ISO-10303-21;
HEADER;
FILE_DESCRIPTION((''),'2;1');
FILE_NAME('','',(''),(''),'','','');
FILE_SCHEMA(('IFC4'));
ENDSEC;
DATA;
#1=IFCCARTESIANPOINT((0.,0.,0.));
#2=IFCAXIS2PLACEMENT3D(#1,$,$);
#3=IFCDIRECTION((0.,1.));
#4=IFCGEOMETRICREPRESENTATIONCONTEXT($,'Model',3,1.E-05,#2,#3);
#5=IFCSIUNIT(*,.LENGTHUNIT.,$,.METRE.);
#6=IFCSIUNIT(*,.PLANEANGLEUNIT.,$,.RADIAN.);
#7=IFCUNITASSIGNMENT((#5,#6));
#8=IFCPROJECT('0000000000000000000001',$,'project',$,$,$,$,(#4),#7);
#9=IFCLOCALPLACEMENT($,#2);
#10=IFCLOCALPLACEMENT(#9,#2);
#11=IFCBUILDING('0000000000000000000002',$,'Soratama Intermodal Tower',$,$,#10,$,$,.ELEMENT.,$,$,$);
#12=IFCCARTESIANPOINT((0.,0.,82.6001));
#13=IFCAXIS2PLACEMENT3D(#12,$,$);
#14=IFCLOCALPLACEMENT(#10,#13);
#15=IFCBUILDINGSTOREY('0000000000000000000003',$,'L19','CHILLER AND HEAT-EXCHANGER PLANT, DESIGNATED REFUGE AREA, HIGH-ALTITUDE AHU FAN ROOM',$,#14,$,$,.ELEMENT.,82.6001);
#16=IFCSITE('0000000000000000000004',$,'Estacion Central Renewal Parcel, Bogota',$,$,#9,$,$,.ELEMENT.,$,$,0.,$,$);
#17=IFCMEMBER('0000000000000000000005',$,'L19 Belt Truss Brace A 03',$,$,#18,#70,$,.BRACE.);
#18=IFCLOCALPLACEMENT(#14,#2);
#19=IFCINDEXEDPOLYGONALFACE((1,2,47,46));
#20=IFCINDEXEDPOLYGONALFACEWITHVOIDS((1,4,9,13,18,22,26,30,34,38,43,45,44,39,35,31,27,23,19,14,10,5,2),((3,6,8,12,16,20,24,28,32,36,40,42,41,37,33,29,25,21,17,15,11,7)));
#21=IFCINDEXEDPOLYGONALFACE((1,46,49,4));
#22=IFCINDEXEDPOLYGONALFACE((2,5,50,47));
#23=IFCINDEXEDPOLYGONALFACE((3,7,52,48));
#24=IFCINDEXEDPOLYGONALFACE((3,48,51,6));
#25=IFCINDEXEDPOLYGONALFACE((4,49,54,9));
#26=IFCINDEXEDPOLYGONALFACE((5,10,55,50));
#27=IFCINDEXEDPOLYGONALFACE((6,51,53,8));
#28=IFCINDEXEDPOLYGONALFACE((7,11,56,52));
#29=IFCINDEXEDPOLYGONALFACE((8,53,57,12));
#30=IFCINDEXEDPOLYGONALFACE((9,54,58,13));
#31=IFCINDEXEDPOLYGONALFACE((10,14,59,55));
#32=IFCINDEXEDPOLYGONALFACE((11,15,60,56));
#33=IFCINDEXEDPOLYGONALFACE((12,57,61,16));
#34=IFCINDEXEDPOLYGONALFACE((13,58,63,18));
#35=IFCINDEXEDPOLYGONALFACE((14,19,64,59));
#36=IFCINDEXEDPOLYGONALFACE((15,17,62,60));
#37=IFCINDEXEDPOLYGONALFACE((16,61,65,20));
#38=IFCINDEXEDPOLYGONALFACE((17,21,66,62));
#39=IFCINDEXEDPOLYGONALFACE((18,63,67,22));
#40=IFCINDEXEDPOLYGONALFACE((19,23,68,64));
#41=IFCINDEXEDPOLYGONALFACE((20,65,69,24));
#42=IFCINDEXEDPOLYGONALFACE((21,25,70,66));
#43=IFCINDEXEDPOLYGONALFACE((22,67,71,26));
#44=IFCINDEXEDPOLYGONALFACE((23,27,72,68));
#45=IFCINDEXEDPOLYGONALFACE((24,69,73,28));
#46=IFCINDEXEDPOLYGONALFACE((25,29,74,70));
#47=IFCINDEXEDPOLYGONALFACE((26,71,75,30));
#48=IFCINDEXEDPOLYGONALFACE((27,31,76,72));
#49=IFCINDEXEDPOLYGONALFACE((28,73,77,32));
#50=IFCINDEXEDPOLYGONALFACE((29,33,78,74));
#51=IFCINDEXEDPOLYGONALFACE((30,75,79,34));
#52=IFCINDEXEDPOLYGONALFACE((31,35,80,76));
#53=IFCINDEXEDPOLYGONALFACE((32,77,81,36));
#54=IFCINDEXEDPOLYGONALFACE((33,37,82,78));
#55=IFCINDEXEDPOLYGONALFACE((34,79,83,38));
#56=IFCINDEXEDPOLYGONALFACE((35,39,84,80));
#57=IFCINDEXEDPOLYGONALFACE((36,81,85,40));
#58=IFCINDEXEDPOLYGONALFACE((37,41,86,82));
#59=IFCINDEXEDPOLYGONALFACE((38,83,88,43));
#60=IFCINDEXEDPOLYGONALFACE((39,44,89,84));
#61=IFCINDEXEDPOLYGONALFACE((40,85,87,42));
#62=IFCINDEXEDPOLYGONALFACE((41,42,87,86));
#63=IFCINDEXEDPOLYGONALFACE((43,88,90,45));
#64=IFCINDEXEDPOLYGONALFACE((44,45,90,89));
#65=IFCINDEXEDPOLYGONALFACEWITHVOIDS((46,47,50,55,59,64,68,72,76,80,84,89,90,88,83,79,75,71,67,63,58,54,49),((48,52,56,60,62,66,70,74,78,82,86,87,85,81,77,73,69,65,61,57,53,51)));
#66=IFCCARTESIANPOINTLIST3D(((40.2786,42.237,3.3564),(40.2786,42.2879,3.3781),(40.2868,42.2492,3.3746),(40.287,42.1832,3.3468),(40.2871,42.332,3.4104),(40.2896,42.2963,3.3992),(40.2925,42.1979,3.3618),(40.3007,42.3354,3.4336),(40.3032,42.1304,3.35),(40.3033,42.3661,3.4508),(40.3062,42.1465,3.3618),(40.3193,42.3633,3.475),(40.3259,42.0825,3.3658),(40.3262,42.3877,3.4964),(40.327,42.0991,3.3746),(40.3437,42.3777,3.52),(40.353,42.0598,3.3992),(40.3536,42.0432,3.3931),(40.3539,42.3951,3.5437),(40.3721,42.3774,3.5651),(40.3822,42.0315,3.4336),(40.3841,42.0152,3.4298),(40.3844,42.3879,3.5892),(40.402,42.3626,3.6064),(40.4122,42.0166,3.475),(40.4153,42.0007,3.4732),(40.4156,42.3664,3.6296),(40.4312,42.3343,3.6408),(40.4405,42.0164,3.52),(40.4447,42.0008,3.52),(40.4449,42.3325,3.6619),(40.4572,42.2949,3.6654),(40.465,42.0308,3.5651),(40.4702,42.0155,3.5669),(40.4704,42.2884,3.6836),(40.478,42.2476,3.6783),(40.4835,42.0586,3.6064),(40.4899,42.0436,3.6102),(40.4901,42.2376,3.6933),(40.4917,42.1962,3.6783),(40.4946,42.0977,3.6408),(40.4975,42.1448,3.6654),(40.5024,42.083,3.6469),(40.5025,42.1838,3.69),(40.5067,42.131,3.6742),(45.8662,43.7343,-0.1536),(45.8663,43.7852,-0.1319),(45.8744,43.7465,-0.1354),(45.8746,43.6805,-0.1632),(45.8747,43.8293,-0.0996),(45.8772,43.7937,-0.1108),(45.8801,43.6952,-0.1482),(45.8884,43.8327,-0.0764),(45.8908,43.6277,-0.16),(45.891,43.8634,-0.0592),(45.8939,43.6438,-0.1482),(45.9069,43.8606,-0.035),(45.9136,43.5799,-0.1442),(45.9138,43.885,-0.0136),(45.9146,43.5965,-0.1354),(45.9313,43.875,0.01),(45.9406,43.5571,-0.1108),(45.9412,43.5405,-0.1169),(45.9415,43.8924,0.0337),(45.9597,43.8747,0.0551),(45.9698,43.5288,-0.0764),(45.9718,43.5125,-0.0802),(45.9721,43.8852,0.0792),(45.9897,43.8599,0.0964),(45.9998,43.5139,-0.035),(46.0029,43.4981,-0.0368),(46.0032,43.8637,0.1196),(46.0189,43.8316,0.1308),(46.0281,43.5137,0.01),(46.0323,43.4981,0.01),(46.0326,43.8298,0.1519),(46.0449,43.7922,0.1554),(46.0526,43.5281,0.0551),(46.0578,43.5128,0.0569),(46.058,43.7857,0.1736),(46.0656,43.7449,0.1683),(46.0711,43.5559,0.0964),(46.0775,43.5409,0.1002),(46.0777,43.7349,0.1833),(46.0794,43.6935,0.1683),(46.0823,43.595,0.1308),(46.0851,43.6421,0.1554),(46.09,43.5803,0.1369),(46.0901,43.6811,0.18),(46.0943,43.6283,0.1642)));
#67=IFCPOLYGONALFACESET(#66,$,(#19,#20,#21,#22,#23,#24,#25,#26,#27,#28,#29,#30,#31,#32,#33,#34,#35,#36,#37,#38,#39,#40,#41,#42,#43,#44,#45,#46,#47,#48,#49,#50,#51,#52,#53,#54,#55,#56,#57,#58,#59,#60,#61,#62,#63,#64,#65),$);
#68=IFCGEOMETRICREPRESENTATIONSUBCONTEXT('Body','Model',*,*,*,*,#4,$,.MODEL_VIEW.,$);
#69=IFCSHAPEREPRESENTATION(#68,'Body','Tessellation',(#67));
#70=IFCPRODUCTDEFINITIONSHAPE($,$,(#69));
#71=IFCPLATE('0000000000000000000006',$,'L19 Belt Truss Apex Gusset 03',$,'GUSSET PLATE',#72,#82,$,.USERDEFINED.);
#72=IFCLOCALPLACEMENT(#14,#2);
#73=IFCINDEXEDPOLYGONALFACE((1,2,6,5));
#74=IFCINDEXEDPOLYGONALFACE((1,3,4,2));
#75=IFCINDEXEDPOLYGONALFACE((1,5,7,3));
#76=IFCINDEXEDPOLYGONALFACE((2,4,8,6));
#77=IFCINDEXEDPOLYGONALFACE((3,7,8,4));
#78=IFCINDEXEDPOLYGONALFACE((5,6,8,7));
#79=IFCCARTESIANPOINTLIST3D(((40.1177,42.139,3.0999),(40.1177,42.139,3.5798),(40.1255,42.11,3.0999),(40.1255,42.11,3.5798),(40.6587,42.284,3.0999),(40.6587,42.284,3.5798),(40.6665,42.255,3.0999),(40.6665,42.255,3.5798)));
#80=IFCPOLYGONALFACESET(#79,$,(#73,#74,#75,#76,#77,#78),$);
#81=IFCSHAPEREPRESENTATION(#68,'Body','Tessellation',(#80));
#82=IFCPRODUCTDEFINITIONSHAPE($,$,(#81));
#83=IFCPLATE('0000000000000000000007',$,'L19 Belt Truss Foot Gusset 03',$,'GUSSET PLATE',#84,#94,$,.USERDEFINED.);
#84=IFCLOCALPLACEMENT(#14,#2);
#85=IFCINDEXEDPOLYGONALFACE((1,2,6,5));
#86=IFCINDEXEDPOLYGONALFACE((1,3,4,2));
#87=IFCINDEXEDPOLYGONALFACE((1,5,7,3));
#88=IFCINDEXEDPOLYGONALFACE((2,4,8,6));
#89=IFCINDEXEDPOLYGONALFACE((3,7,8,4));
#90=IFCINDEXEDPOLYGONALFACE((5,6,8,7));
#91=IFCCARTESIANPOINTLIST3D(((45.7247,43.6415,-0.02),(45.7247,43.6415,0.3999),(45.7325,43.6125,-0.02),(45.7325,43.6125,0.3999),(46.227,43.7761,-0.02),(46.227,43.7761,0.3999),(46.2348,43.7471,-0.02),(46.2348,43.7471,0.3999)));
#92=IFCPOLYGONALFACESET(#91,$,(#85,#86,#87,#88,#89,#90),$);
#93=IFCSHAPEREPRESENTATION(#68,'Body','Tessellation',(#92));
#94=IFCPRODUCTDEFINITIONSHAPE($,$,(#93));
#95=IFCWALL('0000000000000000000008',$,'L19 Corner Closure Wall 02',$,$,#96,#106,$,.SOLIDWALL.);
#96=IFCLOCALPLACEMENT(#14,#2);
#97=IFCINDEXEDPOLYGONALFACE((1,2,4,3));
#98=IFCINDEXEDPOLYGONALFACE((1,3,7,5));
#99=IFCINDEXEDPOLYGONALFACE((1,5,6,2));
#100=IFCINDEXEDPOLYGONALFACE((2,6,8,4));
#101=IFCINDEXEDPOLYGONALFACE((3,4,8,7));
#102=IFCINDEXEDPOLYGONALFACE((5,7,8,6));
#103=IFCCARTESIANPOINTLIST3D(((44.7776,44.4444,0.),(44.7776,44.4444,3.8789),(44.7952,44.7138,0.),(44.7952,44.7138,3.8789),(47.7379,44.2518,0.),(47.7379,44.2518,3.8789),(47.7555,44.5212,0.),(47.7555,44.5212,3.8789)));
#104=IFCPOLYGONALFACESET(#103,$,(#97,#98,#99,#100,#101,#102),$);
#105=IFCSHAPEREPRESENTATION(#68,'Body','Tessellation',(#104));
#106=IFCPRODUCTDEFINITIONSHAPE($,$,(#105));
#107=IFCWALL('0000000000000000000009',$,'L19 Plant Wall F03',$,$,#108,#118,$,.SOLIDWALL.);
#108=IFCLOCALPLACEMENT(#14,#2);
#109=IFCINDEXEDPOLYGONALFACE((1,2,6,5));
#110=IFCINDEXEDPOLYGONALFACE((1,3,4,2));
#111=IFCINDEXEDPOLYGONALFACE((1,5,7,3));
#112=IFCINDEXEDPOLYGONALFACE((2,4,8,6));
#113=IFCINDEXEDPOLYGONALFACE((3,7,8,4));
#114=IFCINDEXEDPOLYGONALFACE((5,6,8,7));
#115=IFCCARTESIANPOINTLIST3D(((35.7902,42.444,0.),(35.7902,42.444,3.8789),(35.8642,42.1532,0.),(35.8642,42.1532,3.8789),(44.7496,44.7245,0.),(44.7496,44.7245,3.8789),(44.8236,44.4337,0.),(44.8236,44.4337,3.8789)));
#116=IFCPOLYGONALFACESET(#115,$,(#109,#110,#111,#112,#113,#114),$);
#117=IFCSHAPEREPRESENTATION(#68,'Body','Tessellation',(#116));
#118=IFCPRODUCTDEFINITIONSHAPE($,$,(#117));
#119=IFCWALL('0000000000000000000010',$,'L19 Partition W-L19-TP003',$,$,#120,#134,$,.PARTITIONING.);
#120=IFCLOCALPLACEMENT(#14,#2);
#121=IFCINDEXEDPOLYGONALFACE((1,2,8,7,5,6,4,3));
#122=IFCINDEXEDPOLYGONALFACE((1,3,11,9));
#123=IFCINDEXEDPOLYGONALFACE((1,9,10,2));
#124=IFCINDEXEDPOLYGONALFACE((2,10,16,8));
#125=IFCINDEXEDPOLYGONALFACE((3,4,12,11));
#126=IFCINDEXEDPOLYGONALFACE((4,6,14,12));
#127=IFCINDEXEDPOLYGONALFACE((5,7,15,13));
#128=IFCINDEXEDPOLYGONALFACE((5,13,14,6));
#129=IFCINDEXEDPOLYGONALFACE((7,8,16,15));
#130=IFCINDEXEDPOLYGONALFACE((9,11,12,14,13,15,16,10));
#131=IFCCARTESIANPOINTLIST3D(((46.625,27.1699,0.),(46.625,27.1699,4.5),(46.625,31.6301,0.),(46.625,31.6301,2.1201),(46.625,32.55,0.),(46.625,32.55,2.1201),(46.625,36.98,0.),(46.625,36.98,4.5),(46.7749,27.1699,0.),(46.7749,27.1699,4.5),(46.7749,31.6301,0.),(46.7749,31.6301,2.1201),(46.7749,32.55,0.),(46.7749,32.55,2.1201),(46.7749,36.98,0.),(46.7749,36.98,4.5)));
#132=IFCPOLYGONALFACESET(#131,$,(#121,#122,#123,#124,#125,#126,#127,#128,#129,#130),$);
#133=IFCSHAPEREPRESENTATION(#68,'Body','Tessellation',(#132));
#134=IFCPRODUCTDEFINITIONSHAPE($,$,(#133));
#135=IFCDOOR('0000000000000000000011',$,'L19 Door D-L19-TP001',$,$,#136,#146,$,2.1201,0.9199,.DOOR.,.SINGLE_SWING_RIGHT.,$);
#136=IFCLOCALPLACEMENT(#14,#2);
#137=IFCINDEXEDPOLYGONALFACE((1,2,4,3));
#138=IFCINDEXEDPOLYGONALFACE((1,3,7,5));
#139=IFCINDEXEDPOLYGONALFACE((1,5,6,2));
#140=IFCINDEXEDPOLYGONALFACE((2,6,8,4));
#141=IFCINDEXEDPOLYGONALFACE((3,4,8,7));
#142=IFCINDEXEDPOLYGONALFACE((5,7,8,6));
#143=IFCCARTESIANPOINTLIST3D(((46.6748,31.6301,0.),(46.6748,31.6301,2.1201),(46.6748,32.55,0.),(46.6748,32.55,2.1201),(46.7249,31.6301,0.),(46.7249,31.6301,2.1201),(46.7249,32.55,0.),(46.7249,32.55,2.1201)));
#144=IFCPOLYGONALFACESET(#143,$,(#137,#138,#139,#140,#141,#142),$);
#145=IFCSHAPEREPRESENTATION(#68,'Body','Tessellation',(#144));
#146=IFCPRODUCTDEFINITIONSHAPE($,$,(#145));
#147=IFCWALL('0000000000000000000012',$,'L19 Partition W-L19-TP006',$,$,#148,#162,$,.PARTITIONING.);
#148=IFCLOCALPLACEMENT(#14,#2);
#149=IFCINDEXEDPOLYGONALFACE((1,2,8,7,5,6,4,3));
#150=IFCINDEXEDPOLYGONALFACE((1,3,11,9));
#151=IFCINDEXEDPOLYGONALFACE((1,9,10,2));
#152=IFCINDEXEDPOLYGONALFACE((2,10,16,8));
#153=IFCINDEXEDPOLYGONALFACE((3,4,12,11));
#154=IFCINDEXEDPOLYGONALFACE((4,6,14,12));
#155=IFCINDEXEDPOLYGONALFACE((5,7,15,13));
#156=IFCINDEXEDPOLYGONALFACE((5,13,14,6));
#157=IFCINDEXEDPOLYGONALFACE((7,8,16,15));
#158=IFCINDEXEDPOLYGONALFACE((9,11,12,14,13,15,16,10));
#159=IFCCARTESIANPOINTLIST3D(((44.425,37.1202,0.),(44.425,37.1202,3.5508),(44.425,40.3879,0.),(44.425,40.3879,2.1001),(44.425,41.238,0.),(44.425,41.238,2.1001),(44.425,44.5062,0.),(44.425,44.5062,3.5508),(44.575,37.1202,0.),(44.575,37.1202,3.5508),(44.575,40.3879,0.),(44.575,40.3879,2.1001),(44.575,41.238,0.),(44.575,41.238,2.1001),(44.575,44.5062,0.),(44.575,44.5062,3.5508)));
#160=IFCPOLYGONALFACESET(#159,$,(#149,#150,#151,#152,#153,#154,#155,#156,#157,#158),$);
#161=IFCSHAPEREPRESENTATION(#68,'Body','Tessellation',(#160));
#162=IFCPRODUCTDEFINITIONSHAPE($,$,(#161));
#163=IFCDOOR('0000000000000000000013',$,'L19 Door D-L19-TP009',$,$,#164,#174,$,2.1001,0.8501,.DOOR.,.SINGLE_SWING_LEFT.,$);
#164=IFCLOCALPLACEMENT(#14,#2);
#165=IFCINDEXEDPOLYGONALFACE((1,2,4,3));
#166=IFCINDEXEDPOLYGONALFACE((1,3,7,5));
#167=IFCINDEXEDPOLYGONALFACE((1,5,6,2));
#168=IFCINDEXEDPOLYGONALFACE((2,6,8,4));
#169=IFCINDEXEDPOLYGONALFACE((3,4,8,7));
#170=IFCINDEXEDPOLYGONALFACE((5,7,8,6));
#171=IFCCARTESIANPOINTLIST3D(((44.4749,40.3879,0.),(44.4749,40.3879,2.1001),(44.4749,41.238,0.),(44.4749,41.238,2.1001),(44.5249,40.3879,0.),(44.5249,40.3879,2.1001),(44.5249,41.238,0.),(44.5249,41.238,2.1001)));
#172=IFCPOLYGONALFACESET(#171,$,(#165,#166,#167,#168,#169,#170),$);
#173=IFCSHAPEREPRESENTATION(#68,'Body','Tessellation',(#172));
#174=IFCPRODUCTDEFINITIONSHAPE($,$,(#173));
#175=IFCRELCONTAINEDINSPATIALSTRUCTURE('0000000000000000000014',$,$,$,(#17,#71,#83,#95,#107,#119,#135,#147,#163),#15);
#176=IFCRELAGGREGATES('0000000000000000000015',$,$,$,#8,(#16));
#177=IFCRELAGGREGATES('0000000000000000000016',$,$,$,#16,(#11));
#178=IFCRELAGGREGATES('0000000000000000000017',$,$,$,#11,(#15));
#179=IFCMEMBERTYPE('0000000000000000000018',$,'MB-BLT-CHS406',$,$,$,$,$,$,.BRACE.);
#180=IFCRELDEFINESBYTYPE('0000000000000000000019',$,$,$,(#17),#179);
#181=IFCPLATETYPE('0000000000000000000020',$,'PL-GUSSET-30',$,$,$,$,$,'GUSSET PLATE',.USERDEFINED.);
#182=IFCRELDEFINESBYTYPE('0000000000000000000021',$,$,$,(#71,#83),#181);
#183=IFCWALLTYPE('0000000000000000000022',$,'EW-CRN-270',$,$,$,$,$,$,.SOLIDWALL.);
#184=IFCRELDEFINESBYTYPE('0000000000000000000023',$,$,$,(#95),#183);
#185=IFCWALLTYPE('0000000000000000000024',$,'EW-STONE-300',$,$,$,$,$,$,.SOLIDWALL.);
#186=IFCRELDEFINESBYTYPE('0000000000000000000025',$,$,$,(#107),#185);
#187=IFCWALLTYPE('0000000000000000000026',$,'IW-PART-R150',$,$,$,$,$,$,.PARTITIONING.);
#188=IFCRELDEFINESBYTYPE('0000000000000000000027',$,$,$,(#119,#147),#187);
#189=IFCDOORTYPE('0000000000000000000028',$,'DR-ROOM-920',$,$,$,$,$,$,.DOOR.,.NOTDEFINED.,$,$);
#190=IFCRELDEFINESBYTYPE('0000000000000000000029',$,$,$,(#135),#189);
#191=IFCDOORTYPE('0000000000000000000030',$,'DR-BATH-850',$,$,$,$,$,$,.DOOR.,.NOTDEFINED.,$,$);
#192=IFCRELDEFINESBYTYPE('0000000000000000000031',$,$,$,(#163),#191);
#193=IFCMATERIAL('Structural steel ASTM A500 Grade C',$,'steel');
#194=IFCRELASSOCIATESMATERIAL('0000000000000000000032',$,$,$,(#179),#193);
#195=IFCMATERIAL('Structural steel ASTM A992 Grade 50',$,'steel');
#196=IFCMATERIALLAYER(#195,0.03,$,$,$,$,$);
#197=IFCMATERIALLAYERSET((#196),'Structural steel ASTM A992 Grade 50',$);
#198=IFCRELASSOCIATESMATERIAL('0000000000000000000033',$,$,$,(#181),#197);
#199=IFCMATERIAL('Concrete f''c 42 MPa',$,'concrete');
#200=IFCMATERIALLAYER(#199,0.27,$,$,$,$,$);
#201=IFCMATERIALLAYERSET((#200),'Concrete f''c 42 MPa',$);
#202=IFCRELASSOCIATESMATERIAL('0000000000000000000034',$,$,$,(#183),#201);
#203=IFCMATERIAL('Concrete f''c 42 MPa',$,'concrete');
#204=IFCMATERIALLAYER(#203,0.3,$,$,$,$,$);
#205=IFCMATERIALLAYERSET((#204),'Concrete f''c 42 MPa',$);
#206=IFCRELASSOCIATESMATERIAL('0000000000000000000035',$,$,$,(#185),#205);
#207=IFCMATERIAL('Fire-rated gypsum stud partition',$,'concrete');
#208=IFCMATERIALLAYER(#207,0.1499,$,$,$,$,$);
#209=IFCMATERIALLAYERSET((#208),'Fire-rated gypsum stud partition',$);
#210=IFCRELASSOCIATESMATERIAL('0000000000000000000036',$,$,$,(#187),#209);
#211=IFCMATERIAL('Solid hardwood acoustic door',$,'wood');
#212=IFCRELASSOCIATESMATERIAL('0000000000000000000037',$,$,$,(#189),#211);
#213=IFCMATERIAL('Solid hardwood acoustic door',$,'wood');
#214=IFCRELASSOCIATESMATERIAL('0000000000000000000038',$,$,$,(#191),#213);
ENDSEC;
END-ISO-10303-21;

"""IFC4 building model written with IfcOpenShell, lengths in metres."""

from ifc_helpers import new_model, si_unit, direction, frame, frame_2d, origin, origin_2d, place, context, subcontext, project, spatial, rectangle, hollow_circle, extrude, material, layer, layer_set, material_profile, profile_set, type_object, element, fill, save


model = new_model("IFC4")

# Units and contexts
model_context = context("Model", 3, precision=1e-05, world=origin(), true_north=direction((0.0, 1.0)))
body_context = subcontext(model_context, "Body", "Model", "MODEL_VIEW")
ifc_project = project(units=[si_unit("LENGTHUNIT", "METRE"), si_unit("PLANEANGLEUNIT", "RADIAN")], contexts=[model_context])

# Site, building, storey
site_placement = place(None, origin())
site = spatial("IfcSite", under=ifc_project, at=site_placement, Name="Estacion Central Renewal Parcel, Bogota", CompositionType="ELEMENT", RefElevation=0.0)
building_placement = place(site_placement, origin())
building = spatial("IfcBuilding", under=site, at=building_placement, Name="Soratama Intermodal Tower", CompositionType="ELEMENT")
storey_placement = place(building_placement, frame((0.0, 0.0, 82.6001)))
storey = spatial("IfcBuildingStorey", under=building, at=storey_placement, Name="L19", Description="CHILLER AND HEAT-EXCHANGER PLANT, DESIGNATED REFUGE AREA, HIGH-ALTITUDE AHU FAN ROOM", CompositionType="ELEMENT", Elevation=82.6001)

# Member
ifc_material_1 = material(Name="Structural steel ASTM A500 Grade C", Category="steel")
ifc_material_profile_1 = material_profile(ifc_material_1, hollow_circle(Radius=0.2031, WallThickness=0.0161, at=origin_2d()), Name="CHS406X16")
ifc_profile_set_1 = profile_set([ifc_material_profile_1], Name="Structural steel ASTM A500 Grade C")
member_type = type_object("IfcMemberType", Name="MB-BLT-CHS406", PredefinedType="BRACE", material=ifc_profile_set_1)
for number, where, z_axis, x_axis, name in (
    (1, (45.9797, 43.6943, 0.01), (-0.825795, -0.221287, 0.518743), (0.258837, -0.965921, 0.0), "L19 Belt Truss Brace A 03"),
):
    element("IfcMember", number, at=place(storey_placement, frame(where, z_axis=z_axis, x_axis=x_axis)), inside=storey, type_object=member_type, Name=name, PredefinedType="BRACE", context=body_context, shape_type="SweptSolid", body=[
        extrude(hollow_circle(Radius=0.2031, WallThickness=0.0161, at=origin_2d()), origin(), (0.0, 0.0, 1.0), 6.7664),
    ])

# Plates
ifc_material_2 = material(Name="Structural steel ASTM A992 Grade 50", Category="steel")
ifc_layer_1 = layer(ifc_material_2, 0.03)
ifc_layer_set_1 = layer_set([ifc_layer_1], Name="Structural steel ASTM A992 Grade 50")
plate_type = type_object("IfcPlateType", Name="PL-GUSSET-30", ElementType="GUSSET PLATE", PredefinedType="USERDEFINED", material=ifc_layer_set_1)
plate_1_placement = place(storey_placement, frame((40.3921, 42.197, 3.0999), z_axis=(0.0, 0.0, 1.0), x_axis=(-0.965926, -0.258819, 0.0)))
element("IfcPlate", 2, at=plate_1_placement, inside=storey, type_object=plate_type, Name="L19 Belt Truss Apex Gusset 03", ObjectType="GUSSET PLATE", PredefinedType="USERDEFINED", context=body_context, shape_type="SweptSolid", body=[
    extrude(rectangle(XDim=0.5601, YDim=0.03, at=origin_2d()), origin(), (0.0, 0.0, 1.0), 0.48),
])
plate_2_placement = place(storey_placement, frame((45.9797, 43.6943, -0.02), z_axis=(0.0, 0.0, 1.0), x_axis=(-0.965926, -0.258819, 0.0)))
element("IfcPlate", 3, at=plate_2_placement, inside=storey, type_object=plate_type, Name="L19 Belt Truss Foot Gusset 03", ObjectType="GUSSET PLATE", PredefinedType="USERDEFINED", context=body_context, shape_type="SweptSolid", body=[
    extrude(rectangle(XDim=0.52, YDim=0.03, at=origin_2d()), origin(), (0.0, 0.0, 1.0), 0.4199),
])

# Walls
ifc_material_3 = material(Name="Concrete f'c 42 MPa", Category="concrete")
ifc_layer_2 = layer(ifc_material_3, 0.27)
ifc_layer_set_2 = layer_set([ifc_layer_2], Name="Concrete f'c 42 MPa")
wall_type_1 = type_object("IfcWallType", Name="EW-CRN-270", PredefinedType="SOLIDWALL", material=ifc_layer_set_2)
wall_1_placement = place(storey_placement, frame((47.7468, 44.3865, 0.0), z_axis=(0.0, 0.0, 1.0), x_axis=(-0.99789, 0.064935, 0.0)))
element("IfcWall", 4, at=wall_1_placement, inside=storey, type_object=wall_type_1, Name="L19 Corner Closure Wall 02", PredefinedType="SOLIDWALL", context=body_context, shape_type="SweptSolid", body=[
    extrude(rectangle(XDim=2.9666, YDim=0.27, at=frame_2d((1.4834, 0.0))), origin(), (0.0, 0.0, 1.0), 3.8789),
])
ifc_material_4 = material(Name="Concrete f'c 42 MPa", Category="concrete")
ifc_layer_3 = layer(ifc_material_4, 0.3)
ifc_layer_set_3 = layer_set([ifc_layer_3], Name="Concrete f'c 42 MPa")
wall_type_2 = type_object("IfcWallType", Name="EW-STONE-300", PredefinedType="SOLIDWALL", material=ifc_layer_set_3)
wall_2_placement = place(storey_placement, frame((44.7866, 44.5791, 0.0), z_axis=(0.0, 0.0, 1.0), x_axis=(-0.969099, -0.246672, 0.0)))
element("IfcWall", 5, at=wall_2_placement, inside=storey, type_object=wall_type_2, Name="L19 Plant Wall F03", PredefinedType="SOLIDWALL", context=body_context, shape_type="SweptSolid", body=[
    extrude(rectangle(XDim=9.2451, YDim=0.3, at=frame_2d((4.6226, 0.0))), origin(), (0.0, 0.0, 1.0), 3.8789),
])

# Walls, openings, doors
ifc_material_5 = material(Name="Fire-rated gypsum stud partition", Category="concrete")
ifc_layer_4 = layer(ifc_material_5, 0.1499)
ifc_layer_set_4 = layer_set([ifc_layer_4], Name="Fire-rated gypsum stud partition")
wall_type_3 = type_object("IfcWallType", Name="IW-PART-R150", PredefinedType="PARTITIONING", material=ifc_layer_set_4)
wall_3_placement = place(storey_placement, frame((46.7, 36.98, 0.0), z_axis=(0.0, 0.0, 1.0), x_axis=(0.0, -1.0, 0.0)))
wall_3 = element("IfcWall", 6, at=wall_3_placement, inside=storey, type_object=wall_type_3, Name="L19 Partition W-L19-TP003", PredefinedType="PARTITIONING", context=body_context, shape_type="SweptSolid", body=[
    extrude(rectangle(XDim=9.8101, YDim=0.1499, at=frame_2d((4.905, 0.0))), origin(), (0.0, 0.0, 1.0), 4.5),
])
opening_1_placement = place(wall_3_placement, frame((4.4299, 0.0, 0.0)))
opening_1 = element("IfcOpeningElement", 7, at=opening_1_placement, cuts=wall_3, PredefinedType="OPENING", context=body_context, shape_type="SweptSolid", body=[
    extrude(rectangle(XDim=0.9199, YDim=2.1201, at=frame_2d((0.46, 1.0601))), frame((0.0, 0.085, 0.0), z_axis=(0.0, -1.0, 0.0), x_axis=(1.0, 0.0, 0.0)), (0.0, 0.0, 1.0), 0.1699),
])
ifc_material_6 = material(Name="Solid hardwood acoustic door", Category="wood")
door_type_1 = type_object("IfcDoorType", Name="DR-ROOM-920", OperationType="NOTDEFINED", PredefinedType="DOOR", material=ifc_material_6)
door_1_placement = place(opening_1_placement, origin())
door_1 = element("IfcDoor", 8, at=door_1_placement, inside=storey, type_object=door_type_1, Name="L19 Door D-L19-TP001", OperationType="SINGLE_SWING_RIGHT", OverallHeight=2.1201, OverallWidth=0.9199, PredefinedType="DOOR", context=body_context, shape_type="SweptSolid", body=[
    extrude(rectangle(XDim=0.9199, YDim=2.1201, at=frame_2d((0.46, 1.0601))), frame((0.0, 0.0249, 0.0), z_axis=(0.0, -1.0, 0.0), x_axis=(1.0, 0.0, 0.0)), (0.0, 0.0, 1.0), 0.05),
])
fill(opening_1, door_1)
wall_4_placement = place(storey_placement, frame((44.5, 44.5061, 0.0), z_axis=(0.0, 0.0, 1.0), x_axis=(0.0, -1.0, 0.0)))
wall_4 = element("IfcWall", 9, at=wall_4_placement, inside=storey, type_object=wall_type_3, Name="L19 Partition W-L19-TP006", PredefinedType="PARTITIONING", context=body_context, shape_type="SweptSolid", body=[
    extrude(rectangle(XDim=7.386, YDim=0.1499, at=frame_2d((3.6929, 0.0))), origin(), (0.0, 0.0, 1.0), 3.5508),
])
opening_2_placement = place(wall_4_placement, frame((3.2681, 0.0, 0.0)))
opening_2 = element("IfcOpeningElement", 10, at=opening_2_placement, cuts=wall_4, PredefinedType="OPENING", context=body_context, shape_type="SweptSolid", body=[
    extrude(rectangle(XDim=0.8501, YDim=2.1001, at=frame_2d((0.425, 1.05))), frame((0.0, 0.085, 0.0), z_axis=(0.0, -1.0, 0.0), x_axis=(1.0, 0.0, 0.0)), (0.0, 0.0, 1.0), 0.1699),
])
ifc_material_7 = material(Name="Solid hardwood acoustic door", Category="wood")
door_type_2 = type_object("IfcDoorType", Name="DR-BATH-850", OperationType="NOTDEFINED", PredefinedType="DOOR", material=ifc_material_7)
door_2_placement = place(opening_2_placement, origin())
door_2 = element("IfcDoor", 11, at=door_2_placement, inside=storey, type_object=door_type_2, Name="L19 Door D-L19-TP009", OperationType="SINGLE_SWING_LEFT", OverallHeight=2.1001, OverallWidth=0.8501, PredefinedType="DOOR", context=body_context, shape_type="SweptSolid", body=[
    extrude(rectangle(XDim=0.8501, YDim=2.1001, at=frame_2d((0.425, 1.05))), frame((0.0, 0.0249, 0.0), z_axis=(0.0, -1.0, 0.0), x_axis=(1.0, 0.0, 0.0)), (0.0, 0.0, 1.0), 0.05),
])
fill(opening_2, door_2)

save(model, "model.ifc")
